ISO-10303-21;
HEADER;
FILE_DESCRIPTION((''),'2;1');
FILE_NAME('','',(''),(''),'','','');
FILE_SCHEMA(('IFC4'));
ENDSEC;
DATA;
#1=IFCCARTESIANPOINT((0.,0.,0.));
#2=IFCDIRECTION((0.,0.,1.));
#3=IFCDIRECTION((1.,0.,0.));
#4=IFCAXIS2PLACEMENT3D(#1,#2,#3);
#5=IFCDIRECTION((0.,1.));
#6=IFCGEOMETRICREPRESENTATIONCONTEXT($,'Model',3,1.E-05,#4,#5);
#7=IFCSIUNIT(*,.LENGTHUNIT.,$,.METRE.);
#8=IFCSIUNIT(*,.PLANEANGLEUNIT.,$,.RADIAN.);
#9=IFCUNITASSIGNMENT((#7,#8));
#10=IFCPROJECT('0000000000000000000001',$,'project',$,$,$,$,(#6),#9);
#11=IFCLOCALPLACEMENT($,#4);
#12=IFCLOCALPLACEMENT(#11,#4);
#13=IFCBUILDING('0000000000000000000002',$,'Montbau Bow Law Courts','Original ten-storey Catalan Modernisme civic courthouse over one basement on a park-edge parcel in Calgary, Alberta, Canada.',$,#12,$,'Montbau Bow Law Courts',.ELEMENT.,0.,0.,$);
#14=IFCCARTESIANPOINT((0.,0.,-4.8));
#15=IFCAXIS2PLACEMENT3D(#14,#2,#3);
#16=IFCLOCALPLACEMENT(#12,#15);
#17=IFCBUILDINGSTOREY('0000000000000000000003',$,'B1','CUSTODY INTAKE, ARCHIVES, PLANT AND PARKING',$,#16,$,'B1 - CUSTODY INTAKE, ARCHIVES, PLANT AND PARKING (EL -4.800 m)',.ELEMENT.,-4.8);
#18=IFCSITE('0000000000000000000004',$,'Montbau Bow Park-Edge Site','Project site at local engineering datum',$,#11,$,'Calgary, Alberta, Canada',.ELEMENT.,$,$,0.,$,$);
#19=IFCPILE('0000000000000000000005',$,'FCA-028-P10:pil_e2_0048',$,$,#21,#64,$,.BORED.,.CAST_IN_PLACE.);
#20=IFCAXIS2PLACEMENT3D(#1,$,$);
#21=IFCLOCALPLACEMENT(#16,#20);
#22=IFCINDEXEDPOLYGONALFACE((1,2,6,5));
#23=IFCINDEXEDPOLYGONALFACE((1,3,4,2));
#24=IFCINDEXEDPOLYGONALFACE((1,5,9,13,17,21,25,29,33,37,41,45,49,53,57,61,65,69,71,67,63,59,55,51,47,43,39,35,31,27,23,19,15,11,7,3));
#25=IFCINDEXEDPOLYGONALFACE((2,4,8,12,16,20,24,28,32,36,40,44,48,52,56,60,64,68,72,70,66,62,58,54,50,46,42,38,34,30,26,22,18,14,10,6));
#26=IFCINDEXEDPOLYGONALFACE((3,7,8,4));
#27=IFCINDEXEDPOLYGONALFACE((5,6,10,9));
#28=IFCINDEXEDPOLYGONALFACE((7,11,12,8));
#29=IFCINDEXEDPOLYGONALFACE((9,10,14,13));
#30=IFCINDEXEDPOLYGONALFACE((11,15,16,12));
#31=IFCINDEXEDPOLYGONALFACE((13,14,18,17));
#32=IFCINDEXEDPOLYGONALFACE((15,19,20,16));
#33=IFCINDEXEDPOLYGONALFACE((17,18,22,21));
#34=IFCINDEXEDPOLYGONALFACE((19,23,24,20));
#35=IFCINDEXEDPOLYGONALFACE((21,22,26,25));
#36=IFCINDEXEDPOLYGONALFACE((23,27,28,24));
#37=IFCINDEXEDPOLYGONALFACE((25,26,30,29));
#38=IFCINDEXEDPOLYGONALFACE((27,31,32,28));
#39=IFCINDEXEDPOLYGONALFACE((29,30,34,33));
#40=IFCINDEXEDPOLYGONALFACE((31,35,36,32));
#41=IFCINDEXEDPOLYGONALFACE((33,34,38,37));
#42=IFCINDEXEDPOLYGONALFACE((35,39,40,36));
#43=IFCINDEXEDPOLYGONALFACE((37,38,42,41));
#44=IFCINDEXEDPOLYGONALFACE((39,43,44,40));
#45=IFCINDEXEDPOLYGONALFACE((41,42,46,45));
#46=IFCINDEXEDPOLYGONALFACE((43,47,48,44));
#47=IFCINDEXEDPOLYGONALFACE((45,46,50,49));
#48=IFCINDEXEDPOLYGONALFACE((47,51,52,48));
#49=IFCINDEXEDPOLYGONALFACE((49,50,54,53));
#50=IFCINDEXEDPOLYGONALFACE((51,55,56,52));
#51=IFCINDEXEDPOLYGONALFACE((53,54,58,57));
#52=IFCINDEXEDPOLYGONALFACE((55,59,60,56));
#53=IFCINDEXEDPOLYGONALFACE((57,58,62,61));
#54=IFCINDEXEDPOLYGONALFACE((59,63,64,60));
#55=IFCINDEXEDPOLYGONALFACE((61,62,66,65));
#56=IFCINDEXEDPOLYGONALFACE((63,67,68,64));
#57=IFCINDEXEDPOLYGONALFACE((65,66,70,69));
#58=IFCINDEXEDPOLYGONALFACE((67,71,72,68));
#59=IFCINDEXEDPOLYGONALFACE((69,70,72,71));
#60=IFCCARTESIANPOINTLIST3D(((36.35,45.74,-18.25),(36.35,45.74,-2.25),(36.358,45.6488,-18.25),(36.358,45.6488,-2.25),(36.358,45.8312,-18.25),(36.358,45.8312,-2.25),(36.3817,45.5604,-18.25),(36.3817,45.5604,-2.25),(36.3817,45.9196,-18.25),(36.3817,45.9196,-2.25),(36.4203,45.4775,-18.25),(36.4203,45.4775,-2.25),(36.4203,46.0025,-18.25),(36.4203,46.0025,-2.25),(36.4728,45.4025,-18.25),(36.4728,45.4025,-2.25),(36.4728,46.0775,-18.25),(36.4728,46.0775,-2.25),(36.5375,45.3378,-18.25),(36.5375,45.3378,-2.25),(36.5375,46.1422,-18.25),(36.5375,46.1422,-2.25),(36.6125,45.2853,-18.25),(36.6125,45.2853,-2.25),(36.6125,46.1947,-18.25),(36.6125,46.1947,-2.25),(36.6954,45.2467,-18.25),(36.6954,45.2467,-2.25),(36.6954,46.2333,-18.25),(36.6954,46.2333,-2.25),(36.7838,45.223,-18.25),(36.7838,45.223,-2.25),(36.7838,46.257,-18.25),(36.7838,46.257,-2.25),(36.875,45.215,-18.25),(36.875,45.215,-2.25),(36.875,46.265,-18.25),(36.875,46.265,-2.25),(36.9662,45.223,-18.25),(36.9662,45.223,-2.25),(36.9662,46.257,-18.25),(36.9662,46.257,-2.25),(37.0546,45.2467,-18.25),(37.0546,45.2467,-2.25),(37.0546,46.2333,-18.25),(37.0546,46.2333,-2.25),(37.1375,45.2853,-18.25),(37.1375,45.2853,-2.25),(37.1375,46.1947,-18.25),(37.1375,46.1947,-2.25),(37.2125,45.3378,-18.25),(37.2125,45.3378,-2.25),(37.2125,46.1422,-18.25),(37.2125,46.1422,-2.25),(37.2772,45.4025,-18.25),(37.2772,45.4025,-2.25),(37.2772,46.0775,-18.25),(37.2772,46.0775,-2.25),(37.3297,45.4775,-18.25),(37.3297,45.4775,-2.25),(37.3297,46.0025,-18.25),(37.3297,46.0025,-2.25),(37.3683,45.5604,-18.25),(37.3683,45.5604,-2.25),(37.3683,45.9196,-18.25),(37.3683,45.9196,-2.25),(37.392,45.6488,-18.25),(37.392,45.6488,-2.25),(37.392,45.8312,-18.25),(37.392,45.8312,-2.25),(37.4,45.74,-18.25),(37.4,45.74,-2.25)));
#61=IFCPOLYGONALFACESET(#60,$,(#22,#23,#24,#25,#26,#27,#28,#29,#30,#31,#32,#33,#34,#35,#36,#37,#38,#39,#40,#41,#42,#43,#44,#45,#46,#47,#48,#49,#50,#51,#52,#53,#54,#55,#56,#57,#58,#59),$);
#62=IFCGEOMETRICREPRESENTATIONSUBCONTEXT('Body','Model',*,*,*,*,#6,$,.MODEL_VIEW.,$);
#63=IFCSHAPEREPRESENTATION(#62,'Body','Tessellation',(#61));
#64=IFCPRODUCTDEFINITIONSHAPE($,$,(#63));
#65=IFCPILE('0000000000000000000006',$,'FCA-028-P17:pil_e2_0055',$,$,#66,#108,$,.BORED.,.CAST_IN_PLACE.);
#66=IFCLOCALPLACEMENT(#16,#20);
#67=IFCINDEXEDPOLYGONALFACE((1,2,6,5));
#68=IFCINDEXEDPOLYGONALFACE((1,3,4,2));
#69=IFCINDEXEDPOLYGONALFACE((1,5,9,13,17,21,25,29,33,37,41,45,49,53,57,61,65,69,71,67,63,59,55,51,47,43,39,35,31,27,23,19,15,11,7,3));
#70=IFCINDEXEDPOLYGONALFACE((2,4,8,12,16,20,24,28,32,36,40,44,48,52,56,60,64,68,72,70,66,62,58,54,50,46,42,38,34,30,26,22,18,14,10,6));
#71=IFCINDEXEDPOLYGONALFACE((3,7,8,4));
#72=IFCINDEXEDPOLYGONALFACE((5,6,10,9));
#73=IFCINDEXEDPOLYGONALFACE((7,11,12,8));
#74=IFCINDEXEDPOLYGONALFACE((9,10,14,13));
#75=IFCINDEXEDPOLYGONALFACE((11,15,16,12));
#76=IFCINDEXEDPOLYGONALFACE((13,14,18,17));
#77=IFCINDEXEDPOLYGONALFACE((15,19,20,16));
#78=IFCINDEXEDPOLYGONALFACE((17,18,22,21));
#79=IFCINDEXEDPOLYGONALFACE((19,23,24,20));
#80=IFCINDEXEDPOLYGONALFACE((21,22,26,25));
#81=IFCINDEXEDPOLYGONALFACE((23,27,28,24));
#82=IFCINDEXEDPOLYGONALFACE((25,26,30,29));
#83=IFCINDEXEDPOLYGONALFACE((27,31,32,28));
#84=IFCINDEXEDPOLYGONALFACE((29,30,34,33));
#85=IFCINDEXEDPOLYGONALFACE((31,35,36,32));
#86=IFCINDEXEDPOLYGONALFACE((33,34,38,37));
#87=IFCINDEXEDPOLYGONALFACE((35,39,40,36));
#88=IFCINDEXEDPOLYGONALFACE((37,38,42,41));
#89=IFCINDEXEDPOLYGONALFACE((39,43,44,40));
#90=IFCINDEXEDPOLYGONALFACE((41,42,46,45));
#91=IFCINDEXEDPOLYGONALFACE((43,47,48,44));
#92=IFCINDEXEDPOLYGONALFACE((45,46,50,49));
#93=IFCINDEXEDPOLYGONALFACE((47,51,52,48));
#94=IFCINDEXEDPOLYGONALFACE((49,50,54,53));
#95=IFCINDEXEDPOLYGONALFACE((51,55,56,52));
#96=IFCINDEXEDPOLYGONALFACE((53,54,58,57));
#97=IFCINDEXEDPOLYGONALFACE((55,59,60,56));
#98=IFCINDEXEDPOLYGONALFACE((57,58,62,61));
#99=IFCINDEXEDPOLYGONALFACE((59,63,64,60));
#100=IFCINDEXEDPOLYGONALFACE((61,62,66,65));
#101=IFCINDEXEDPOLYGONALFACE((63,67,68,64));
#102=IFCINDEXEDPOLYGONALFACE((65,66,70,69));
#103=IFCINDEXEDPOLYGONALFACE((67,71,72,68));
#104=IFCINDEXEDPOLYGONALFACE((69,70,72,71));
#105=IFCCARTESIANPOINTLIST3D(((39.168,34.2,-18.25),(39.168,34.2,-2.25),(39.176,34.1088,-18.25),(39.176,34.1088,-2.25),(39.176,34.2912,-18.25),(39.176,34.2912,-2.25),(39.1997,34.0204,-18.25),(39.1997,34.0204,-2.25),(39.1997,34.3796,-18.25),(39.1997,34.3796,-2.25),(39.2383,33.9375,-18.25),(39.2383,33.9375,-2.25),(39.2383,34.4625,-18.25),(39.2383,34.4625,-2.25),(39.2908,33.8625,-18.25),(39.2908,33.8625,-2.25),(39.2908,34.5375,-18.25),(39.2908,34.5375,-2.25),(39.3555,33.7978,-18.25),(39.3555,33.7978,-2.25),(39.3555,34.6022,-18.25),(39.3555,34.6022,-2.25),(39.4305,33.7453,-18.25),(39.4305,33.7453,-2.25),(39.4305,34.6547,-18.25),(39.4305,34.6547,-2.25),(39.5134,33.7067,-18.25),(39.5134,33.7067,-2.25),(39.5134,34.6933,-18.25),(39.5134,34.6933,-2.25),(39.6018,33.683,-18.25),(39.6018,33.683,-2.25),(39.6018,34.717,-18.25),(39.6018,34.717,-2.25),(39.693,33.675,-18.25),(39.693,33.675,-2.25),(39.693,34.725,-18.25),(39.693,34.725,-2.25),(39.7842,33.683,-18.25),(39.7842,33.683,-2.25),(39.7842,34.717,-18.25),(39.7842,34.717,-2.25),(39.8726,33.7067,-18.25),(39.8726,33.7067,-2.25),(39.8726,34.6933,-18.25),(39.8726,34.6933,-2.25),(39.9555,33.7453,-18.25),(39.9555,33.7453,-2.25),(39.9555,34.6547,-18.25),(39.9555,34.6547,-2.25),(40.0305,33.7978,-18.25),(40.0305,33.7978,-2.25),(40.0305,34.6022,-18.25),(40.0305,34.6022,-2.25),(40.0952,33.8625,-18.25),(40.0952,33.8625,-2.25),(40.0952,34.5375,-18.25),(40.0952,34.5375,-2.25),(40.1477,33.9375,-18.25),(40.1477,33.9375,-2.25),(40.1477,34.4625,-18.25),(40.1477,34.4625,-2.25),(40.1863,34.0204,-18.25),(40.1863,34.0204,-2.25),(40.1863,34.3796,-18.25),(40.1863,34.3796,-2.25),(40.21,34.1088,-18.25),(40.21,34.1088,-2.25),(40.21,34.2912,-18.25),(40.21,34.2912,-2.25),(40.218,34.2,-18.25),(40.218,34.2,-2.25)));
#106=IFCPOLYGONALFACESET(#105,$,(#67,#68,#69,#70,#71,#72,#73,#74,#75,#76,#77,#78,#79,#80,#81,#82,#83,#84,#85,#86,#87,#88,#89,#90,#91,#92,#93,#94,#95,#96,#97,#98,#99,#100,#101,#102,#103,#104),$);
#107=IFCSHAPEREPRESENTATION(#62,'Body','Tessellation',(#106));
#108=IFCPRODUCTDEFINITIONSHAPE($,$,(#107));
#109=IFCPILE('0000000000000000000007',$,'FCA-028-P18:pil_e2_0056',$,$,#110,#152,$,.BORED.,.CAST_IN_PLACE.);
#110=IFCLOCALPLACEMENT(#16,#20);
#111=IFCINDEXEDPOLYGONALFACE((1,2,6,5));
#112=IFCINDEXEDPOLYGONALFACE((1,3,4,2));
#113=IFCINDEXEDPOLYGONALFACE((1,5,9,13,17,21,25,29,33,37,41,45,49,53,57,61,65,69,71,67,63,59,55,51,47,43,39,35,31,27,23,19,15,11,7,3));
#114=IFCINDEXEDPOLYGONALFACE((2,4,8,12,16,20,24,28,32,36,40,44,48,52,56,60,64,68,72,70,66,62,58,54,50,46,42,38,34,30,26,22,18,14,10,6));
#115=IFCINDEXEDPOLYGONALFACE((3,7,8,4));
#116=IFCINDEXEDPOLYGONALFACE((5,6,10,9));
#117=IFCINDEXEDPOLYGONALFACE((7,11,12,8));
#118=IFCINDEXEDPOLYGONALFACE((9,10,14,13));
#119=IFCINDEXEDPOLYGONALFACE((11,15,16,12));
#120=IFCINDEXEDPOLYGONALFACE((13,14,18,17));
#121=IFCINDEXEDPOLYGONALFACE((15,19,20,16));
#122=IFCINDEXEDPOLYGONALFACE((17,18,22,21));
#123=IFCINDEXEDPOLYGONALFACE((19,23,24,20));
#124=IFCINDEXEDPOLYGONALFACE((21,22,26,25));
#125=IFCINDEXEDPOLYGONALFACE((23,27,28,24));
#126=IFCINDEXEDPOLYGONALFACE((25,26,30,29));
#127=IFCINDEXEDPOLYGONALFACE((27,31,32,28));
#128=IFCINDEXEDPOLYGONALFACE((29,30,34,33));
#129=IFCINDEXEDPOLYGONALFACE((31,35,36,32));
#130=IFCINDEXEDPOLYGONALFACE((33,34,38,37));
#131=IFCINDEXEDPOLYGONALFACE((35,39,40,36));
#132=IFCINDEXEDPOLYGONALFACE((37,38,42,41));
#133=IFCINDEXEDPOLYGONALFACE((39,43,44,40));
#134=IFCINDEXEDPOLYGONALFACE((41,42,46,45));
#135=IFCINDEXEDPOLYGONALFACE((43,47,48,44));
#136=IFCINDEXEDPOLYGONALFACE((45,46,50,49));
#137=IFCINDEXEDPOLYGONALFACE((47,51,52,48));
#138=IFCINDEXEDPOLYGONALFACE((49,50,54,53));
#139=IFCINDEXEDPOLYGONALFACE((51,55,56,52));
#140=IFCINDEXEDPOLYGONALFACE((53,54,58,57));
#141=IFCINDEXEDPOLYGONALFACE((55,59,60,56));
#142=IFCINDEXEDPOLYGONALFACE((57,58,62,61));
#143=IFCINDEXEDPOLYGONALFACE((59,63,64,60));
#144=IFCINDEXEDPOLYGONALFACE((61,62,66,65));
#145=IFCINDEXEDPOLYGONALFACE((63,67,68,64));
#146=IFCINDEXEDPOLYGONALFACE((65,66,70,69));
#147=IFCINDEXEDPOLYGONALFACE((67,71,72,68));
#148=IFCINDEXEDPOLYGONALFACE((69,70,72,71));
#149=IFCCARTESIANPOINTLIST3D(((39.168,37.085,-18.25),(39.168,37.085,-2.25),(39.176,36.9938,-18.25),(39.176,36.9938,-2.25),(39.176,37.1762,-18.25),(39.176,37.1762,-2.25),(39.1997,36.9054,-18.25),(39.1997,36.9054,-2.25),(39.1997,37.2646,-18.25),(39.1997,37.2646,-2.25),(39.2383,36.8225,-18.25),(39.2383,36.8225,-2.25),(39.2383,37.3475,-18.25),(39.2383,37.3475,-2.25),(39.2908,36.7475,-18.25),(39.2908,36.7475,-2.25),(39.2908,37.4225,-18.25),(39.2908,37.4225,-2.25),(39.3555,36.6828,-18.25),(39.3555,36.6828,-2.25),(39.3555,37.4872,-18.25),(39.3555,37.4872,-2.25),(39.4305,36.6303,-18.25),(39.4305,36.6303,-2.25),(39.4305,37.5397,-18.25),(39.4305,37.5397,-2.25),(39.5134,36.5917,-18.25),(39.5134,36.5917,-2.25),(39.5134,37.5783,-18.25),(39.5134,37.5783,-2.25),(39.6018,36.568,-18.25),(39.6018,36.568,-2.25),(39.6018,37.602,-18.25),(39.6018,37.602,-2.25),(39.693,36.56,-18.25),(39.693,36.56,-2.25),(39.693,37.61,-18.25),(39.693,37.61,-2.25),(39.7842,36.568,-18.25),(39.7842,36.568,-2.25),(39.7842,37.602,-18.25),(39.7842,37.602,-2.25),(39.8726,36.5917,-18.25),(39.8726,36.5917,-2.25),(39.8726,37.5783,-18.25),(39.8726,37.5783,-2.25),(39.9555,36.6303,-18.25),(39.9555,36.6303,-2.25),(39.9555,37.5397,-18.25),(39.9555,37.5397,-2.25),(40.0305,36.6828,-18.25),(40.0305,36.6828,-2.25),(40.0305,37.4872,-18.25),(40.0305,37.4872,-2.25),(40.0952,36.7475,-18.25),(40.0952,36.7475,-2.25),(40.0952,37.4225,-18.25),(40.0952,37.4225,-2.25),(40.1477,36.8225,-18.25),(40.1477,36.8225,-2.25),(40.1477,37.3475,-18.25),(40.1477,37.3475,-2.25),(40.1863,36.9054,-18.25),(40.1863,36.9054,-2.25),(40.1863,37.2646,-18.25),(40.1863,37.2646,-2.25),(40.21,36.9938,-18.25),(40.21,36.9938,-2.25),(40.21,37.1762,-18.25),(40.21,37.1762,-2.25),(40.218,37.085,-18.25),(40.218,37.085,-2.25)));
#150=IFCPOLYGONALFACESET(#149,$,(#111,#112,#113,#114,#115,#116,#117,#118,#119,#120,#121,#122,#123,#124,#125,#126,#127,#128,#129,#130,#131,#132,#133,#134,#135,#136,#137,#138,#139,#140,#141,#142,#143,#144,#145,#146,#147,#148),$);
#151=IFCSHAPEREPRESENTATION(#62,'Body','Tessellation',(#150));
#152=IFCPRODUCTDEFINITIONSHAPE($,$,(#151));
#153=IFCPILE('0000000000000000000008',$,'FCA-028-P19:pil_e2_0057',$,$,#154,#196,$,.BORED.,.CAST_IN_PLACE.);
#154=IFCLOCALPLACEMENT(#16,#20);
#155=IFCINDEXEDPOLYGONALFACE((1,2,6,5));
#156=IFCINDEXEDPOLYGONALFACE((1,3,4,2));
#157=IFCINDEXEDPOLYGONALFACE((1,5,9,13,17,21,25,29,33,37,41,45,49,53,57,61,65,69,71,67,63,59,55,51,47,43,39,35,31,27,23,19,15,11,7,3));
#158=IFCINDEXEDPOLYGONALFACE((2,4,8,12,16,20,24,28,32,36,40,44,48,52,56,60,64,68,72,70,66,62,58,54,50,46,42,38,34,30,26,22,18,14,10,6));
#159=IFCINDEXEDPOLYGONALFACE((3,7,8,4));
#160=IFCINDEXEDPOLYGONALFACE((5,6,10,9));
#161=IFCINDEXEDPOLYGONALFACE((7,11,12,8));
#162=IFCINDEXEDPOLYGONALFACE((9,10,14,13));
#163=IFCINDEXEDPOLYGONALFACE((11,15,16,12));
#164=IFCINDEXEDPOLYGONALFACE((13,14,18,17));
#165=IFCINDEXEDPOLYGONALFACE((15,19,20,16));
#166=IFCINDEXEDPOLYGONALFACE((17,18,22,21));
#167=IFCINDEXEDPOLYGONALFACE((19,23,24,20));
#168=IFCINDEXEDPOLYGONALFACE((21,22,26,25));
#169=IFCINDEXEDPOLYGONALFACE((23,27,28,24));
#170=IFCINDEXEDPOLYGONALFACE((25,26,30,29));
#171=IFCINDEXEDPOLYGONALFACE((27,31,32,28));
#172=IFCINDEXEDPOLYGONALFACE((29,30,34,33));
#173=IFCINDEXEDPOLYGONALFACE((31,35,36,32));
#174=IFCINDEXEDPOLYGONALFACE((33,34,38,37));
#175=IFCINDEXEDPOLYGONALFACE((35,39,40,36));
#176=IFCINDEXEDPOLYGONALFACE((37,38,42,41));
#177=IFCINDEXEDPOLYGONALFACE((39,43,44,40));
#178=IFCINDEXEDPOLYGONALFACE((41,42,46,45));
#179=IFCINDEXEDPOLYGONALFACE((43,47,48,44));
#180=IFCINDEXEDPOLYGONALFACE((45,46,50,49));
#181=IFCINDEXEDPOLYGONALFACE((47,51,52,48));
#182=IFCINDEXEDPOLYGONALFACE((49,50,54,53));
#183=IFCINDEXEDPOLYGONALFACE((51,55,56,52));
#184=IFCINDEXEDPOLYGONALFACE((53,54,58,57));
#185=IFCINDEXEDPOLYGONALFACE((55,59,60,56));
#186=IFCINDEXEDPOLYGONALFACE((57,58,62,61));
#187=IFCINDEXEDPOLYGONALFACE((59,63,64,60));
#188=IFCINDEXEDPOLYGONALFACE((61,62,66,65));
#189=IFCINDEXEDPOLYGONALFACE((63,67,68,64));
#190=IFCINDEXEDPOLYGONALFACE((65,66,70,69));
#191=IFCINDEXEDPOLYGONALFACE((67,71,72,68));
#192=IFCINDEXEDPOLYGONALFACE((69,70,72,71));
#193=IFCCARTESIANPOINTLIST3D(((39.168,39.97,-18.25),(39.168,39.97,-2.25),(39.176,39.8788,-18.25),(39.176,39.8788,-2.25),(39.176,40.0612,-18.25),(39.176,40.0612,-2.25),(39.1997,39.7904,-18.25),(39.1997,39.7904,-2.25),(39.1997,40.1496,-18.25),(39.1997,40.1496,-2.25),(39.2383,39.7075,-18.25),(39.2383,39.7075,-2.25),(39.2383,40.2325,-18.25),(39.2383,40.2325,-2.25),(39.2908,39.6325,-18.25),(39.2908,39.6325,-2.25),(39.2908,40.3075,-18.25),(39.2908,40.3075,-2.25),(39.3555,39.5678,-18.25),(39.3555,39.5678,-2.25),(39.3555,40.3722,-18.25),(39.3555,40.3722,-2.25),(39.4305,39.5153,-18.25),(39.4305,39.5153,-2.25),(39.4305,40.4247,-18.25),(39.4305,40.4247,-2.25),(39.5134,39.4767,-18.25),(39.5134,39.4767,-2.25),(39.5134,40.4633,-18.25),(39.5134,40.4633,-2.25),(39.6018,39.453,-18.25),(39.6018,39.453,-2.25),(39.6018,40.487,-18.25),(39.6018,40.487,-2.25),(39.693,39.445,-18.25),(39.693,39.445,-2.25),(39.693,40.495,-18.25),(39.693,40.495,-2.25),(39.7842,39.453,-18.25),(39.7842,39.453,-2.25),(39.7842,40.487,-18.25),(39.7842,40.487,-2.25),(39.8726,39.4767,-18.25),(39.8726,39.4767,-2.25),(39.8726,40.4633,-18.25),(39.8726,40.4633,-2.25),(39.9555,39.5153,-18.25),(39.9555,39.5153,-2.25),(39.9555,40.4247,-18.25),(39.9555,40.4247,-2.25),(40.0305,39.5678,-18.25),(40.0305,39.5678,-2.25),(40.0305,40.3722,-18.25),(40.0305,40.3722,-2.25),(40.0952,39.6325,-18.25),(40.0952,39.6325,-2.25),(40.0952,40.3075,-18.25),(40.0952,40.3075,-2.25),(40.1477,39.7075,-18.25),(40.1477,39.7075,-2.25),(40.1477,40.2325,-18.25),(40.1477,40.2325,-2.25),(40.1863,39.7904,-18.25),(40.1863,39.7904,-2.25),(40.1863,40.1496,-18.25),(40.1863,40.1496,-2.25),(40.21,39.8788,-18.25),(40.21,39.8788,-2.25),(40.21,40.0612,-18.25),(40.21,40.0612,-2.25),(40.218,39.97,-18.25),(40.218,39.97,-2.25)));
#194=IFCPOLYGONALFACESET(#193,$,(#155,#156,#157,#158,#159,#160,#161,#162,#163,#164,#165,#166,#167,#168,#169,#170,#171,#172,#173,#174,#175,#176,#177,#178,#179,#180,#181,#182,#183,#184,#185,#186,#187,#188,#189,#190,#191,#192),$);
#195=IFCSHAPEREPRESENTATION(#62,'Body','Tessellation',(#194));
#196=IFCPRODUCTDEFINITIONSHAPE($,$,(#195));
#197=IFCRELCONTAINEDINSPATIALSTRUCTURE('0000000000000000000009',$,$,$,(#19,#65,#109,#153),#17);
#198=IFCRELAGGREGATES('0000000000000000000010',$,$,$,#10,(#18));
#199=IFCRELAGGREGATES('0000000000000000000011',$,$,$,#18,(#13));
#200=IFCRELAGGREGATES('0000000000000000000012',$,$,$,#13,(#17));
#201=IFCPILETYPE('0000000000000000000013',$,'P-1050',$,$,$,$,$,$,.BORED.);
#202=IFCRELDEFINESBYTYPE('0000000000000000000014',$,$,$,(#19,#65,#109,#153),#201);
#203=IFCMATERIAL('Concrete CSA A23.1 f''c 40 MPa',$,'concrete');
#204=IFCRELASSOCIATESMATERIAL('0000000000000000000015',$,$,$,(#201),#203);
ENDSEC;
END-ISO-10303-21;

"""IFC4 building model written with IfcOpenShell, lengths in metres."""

from ifc_helpers import new_model, si_unit, direction, frame, origin_with_axes, origin_2d_with_axis, place, context, subcontext, project, spatial, circle, extrude, material, material_profile, profile_set, type_object, element, save


model = new_model("IFC4")

# Units and contexts
model_context = context("Model", 3, precision=1e-05, world=origin_with_axes(), true_north=direction((0.0, 1.0)))
body_context = subcontext(model_context, "Body", "Model", "MODEL_VIEW")
ifc_project = project(units=[si_unit("LENGTHUNIT", "METRE"), si_unit("PLANEANGLEUNIT", "RADIAN")], contexts=[model_context])

# Site, building, storey
site_placement = place(None, origin_with_axes())
site = spatial("IfcSite", under=ifc_project, at=site_placement, Name="Montbau Bow Park-Edge Site", Description="Project site at local engineering datum", LongName="Calgary, Alberta, Canada", CompositionType="ELEMENT", RefElevation=0.0)
building_placement = place(site_placement, origin_with_axes())
building = spatial("IfcBuilding", under=site, at=building_placement, Name="Montbau Bow Law Courts", Description="Original ten-storey Catalan Modernisme civic courthouse over one basement on a park-edge parcel in Calgary, Alberta, Canada.", LongName="Montbau Bow Law Courts", CompositionType="ELEMENT", ElevationOfRefHeight=0.0, ElevationOfTerrain=0.0)
storey_placement = place(building_placement, frame((0.0, 0.0, -4.8), z_axis=(0.0, 0.0, 1.0), x_axis=(1.0, 0.0, 0.0)))
storey = spatial("IfcBuildingStorey", under=building, at=storey_placement, Name="B1", Description="CUSTODY INTAKE, ARCHIVES, PLANT AND PARKING", LongName="B1 - CUSTODY INTAKE, ARCHIVES, PLANT AND PARKING (EL -4.800 m)", CompositionType="ELEMENT", Elevation=-4.8)

# Piles
ifc_material_1 = material(Name="Concrete CSA A23.1 f'c 40 MPa", Category="concrete")
ifc_material_profile_1 = material_profile(ifc_material_1, circle(Radius=0.525, at=origin_2d_with_axis()), Name="BP1050", Category="Main", Priority=0)
ifc_profile_set_1 = profile_set([ifc_material_profile_1], Name="Concrete CSA A23.1 f'c 40 MPa")
pile_type = type_object("IfcPileType", Name="P-1050", PredefinedType="BORED", material=ifc_profile_set_1)
for number, where, z_axis, x_axis, name in (
    (1, (36.875, 45.74, -23.05), (0.0, 0.0, 1.0), (1.0, 0.0, 0.0), "FCA-028-P10:pil_e2_0048"),
    (2, (39.693, 34.2, -23.05), (0.0, 0.0, 1.0), (1.0, 0.0, 0.0), "FCA-028-P17:pil_e2_0055"),
    (3, (39.693, 37.085, -23.05), (0.0, 0.0, 1.0), (1.0, 0.0, 0.0), "FCA-028-P18:pil_e2_0056"),
    (4, (39.693, 39.97, -23.05), (0.0, 0.0, 1.0), (1.0, 0.0, 0.0), "FCA-028-P19:pil_e2_0057"),
):
    element("IfcPile", number, at=place(None, frame(where, z_axis=z_axis, x_axis=x_axis)), inside=storey, type_object=pile_type, Name=name, ConstructionType="CAST_IN_PLACE", PredefinedType="BORED", context=body_context, shape_type="SweptSolid", body=[
        extrude(circle(Radius=0.525, at=origin_2d_with_axis()), origin_with_axes(), (0.0, 0.0, 1.0), 16.0),
    ])

save(model, "model.ifc")
